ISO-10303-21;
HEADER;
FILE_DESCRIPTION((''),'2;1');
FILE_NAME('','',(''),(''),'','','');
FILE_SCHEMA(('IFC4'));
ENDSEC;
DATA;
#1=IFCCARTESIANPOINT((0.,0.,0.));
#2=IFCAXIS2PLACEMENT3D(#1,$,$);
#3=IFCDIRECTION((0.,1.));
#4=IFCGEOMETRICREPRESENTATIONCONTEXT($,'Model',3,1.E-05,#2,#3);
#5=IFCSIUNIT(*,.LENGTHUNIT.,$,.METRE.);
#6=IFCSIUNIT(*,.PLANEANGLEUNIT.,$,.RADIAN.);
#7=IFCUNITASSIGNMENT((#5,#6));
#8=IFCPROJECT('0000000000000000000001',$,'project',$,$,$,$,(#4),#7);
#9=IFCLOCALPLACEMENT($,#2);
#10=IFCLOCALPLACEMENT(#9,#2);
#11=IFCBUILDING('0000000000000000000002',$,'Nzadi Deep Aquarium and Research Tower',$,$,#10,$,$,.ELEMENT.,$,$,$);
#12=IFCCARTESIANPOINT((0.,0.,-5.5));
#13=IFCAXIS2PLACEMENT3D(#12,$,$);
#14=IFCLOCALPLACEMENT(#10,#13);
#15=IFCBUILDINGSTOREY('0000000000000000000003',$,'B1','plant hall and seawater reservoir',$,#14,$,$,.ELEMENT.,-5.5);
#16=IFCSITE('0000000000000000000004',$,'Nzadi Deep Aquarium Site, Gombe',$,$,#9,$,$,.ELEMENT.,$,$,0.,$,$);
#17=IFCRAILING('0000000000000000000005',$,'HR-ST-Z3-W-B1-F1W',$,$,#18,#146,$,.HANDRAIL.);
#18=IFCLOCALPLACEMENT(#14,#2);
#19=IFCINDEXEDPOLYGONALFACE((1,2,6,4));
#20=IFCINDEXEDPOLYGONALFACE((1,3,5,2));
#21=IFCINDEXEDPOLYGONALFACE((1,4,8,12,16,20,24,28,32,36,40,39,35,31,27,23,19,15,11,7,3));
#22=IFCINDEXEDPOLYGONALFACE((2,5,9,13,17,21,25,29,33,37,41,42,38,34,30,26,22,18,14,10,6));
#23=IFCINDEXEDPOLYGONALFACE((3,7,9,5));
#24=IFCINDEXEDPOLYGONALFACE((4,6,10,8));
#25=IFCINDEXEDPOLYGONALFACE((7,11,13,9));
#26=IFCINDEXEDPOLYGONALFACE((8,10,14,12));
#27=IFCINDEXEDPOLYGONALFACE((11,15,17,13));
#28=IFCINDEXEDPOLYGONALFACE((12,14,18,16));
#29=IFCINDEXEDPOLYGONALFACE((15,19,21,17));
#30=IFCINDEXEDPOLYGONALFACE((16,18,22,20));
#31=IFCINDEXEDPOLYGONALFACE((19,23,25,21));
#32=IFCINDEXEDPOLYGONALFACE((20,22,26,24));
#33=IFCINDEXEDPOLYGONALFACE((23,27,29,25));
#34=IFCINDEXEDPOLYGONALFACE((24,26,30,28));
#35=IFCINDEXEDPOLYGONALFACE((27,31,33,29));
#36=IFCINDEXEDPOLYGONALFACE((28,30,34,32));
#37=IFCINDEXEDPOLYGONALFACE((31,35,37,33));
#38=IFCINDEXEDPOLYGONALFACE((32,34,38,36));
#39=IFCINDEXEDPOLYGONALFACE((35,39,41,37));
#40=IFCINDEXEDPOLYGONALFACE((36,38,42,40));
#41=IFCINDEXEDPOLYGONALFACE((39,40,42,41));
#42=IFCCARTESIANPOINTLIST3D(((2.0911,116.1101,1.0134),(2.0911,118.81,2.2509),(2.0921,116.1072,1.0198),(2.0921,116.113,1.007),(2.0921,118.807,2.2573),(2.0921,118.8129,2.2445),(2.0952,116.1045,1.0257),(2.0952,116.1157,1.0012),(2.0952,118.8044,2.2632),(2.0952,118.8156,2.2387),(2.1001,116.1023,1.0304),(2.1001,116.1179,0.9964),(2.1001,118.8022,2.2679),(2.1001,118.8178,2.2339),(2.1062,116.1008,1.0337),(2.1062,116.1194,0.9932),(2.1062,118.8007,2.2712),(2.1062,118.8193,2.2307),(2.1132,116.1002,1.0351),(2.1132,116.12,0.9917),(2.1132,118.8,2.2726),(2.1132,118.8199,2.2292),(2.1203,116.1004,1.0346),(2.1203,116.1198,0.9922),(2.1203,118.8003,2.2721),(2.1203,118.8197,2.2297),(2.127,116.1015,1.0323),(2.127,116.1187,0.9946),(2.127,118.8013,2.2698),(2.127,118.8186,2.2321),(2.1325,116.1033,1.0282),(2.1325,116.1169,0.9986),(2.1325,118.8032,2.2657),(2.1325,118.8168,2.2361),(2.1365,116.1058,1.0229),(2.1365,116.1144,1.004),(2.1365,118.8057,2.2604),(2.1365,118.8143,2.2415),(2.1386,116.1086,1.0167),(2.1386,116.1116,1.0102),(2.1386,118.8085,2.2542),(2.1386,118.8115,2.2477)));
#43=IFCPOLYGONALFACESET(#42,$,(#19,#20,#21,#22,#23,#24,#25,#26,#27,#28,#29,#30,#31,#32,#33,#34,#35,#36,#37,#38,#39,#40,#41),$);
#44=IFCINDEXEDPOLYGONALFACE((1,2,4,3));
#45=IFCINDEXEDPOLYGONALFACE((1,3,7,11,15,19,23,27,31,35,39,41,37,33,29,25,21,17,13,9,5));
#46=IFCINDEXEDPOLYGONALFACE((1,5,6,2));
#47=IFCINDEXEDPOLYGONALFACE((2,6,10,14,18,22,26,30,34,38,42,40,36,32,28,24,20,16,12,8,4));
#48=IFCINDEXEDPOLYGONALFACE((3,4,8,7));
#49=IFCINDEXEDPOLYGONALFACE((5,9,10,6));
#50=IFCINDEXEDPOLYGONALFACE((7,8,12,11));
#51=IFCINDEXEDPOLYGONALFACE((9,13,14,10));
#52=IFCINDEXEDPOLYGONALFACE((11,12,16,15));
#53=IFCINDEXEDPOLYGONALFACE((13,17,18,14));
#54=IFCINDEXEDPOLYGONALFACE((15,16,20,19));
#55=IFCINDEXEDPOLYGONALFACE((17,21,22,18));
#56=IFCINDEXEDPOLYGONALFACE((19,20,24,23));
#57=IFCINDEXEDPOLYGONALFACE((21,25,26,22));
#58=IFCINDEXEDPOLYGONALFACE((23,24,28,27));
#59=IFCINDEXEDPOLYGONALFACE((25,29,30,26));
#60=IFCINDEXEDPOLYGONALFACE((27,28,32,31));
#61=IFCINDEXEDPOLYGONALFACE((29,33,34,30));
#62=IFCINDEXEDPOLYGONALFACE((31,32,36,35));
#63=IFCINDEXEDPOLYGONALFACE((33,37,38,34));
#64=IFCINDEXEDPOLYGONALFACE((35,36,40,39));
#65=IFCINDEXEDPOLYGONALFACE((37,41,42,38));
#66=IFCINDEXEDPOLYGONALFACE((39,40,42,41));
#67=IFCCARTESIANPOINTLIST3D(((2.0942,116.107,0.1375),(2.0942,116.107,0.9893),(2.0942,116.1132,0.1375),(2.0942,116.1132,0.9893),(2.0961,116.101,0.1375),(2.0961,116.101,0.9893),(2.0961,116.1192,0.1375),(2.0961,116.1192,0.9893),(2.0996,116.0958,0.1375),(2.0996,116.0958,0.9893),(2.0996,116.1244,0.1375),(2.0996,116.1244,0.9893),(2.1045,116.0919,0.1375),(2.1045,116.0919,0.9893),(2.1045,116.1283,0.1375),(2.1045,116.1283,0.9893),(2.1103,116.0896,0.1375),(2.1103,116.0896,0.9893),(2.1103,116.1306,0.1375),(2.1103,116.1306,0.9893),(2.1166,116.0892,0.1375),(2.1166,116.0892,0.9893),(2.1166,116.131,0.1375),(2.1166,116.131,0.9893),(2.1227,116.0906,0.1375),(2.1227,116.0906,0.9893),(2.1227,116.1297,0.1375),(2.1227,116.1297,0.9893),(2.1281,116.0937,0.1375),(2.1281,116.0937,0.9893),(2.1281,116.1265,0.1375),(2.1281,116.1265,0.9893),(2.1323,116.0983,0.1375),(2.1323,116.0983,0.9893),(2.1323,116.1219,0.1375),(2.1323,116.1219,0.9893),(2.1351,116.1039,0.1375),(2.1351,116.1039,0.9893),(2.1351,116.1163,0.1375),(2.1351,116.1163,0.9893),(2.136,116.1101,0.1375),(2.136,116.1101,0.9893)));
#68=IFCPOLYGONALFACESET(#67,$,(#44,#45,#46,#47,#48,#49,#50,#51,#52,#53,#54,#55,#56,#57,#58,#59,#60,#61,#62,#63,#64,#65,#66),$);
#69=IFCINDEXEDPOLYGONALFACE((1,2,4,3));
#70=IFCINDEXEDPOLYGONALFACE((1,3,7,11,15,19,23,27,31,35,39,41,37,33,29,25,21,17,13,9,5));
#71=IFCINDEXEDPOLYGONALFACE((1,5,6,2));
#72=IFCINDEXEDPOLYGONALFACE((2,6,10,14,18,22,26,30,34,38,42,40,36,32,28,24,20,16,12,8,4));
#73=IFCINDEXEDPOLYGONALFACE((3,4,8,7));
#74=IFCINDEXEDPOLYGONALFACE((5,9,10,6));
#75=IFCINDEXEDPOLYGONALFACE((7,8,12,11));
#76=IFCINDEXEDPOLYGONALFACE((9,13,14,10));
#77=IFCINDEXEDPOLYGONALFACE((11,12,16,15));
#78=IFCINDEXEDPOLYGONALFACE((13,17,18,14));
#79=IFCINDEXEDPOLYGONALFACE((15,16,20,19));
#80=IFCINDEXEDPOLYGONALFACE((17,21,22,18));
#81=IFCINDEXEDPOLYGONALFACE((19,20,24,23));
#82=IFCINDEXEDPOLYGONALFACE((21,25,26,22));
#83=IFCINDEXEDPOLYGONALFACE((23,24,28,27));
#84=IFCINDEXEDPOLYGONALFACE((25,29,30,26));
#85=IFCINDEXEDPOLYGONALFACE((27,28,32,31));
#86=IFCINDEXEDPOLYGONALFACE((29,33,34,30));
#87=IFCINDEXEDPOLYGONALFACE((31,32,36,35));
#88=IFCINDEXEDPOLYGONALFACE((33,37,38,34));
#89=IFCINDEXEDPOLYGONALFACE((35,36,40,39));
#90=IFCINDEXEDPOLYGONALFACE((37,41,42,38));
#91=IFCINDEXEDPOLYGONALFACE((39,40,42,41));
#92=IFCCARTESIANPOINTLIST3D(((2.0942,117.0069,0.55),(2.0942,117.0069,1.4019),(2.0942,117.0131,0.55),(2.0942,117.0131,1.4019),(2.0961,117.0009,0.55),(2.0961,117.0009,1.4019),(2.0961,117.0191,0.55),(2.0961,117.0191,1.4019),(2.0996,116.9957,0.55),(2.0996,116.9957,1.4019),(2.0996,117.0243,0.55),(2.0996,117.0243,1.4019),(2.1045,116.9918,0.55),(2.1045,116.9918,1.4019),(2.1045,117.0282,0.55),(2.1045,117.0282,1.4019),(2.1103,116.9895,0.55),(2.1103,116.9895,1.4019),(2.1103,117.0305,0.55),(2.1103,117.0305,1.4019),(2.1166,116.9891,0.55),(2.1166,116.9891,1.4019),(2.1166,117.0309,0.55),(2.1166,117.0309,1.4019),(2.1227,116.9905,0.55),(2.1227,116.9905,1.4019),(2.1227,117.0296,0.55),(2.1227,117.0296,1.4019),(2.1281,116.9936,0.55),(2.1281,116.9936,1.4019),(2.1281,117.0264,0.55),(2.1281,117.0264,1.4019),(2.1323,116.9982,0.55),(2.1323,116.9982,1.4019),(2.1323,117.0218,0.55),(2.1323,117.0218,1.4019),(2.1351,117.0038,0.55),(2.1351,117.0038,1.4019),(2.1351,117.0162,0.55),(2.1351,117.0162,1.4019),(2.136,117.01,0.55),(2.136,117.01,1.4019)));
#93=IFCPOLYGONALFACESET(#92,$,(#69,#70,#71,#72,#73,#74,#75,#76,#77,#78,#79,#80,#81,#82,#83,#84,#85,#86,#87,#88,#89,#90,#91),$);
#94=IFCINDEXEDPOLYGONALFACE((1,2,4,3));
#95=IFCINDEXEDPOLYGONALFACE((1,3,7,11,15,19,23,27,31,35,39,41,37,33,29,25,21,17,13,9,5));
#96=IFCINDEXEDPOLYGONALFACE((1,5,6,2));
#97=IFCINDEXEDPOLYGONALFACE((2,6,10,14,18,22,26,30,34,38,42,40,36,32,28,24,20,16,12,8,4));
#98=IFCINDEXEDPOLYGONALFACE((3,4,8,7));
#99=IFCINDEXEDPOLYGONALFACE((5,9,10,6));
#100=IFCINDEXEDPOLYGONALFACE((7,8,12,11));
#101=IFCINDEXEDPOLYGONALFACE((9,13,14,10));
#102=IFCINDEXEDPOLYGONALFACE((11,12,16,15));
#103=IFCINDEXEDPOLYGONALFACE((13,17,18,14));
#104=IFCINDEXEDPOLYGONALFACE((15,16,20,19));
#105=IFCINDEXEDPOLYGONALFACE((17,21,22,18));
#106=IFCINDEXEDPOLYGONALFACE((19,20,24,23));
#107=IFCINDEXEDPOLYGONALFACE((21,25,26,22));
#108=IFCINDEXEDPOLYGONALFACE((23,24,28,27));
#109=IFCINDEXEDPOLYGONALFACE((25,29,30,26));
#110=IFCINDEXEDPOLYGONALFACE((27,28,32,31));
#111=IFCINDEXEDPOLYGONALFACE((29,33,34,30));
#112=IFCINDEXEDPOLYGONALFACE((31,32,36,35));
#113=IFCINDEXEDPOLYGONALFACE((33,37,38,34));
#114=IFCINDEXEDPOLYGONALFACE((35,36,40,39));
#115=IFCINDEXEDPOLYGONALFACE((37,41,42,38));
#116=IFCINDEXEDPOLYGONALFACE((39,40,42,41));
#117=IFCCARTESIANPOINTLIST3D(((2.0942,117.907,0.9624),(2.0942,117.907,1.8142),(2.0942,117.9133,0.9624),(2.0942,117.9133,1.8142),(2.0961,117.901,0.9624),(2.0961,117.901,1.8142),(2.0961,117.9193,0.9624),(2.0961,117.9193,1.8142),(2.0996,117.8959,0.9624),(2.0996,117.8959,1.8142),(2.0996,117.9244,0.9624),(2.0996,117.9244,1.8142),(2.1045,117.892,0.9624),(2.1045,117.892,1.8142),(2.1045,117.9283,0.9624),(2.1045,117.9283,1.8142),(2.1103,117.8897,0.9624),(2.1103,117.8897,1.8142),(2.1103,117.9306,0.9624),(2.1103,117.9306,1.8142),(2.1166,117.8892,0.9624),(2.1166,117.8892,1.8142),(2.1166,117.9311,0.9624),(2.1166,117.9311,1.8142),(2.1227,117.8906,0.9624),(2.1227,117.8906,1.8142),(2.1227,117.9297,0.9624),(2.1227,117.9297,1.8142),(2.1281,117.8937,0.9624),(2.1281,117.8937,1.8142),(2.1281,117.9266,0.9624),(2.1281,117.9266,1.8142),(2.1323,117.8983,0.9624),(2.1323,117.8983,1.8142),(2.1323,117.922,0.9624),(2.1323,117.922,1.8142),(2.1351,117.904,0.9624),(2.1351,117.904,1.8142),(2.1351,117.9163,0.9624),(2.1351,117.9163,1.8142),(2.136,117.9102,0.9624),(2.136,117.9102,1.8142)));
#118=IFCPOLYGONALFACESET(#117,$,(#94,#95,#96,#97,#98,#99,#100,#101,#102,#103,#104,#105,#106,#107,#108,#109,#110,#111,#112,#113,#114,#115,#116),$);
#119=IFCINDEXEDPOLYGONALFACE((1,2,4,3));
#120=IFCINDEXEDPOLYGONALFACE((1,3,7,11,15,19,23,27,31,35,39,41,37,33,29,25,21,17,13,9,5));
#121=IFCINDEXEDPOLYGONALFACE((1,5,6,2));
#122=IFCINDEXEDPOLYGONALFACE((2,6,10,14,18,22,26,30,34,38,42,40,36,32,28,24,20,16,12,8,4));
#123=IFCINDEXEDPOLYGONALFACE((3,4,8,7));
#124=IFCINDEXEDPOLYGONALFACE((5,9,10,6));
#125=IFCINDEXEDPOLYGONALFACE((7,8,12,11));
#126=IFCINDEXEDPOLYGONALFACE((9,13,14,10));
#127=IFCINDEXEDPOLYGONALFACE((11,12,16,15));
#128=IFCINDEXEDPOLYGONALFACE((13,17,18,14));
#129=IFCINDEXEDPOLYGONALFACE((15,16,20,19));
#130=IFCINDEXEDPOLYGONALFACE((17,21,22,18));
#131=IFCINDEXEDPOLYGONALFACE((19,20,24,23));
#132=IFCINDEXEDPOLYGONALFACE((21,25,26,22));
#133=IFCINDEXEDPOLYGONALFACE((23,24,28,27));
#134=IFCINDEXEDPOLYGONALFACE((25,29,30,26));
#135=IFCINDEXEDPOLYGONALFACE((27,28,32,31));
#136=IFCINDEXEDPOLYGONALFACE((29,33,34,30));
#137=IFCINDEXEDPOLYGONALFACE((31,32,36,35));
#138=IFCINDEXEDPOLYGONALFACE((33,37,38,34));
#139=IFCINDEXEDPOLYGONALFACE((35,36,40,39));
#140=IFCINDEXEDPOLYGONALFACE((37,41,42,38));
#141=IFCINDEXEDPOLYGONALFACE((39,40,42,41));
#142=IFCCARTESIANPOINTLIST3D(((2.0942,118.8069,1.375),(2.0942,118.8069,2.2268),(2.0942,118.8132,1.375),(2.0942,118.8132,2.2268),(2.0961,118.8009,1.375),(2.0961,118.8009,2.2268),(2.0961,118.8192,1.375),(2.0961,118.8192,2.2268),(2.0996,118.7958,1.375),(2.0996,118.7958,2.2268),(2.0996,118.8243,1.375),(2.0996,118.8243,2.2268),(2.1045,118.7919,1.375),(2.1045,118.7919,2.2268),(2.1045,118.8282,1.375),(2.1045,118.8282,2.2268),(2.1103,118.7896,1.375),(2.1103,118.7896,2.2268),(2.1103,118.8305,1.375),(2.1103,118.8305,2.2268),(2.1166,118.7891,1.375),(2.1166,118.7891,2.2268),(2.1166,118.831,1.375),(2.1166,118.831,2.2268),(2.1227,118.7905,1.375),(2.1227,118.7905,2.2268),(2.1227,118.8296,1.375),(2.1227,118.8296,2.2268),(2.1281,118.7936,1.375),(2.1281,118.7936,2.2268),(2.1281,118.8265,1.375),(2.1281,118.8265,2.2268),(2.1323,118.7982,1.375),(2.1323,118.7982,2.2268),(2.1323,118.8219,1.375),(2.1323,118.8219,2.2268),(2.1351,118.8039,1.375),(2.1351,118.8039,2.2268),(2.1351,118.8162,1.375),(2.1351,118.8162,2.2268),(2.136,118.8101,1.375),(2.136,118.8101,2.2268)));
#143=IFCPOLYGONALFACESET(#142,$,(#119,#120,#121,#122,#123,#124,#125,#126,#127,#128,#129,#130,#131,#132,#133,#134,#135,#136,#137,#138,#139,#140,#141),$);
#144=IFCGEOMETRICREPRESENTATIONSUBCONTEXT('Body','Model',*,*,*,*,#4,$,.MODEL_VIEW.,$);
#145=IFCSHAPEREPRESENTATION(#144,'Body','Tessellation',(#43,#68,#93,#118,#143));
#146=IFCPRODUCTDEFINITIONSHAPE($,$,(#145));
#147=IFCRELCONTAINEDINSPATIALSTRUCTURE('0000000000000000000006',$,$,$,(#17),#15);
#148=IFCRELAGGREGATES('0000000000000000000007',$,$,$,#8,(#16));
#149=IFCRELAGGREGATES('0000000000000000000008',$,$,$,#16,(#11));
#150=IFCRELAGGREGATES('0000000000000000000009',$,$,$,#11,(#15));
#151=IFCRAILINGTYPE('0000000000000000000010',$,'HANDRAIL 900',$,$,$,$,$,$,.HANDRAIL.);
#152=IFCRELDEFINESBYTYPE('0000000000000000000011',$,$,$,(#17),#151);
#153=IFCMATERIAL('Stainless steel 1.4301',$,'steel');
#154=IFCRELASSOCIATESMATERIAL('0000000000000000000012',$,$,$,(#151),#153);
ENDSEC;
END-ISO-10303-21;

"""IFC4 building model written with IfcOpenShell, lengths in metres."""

from ifc_helpers import new_model, si_unit, direction, frame, origin, origin_2d, place, context, subcontext, project, spatial, circle, extrude, material, type_object, element, save


model = new_model("IFC4")

# Units and contexts
model_context = context("Model", 3, precision=1e-05, world=origin(), true_north=direction((0.0, 1.0)))
body_context = subcontext(model_context, "Body", "Model", "MODEL_VIEW")
ifc_project = project(units=[si_unit("LENGTHUNIT", "METRE"), si_unit("PLANEANGLEUNIT", "RADIAN")], contexts=[model_context])

# Site, building, storey
site_placement = place(None, origin())
site = spatial("IfcSite", under=ifc_project, at=site_placement, Name="Nzadi Deep Aquarium Site, Gombe", CompositionType="ELEMENT", RefElevation=0.0)
building_placement = place(site_placement, origin())
building = spatial("IfcBuilding", under=site, at=building_placement, Name="Nzadi Deep Aquarium and Research Tower", CompositionType="ELEMENT")
storey_placement = place(building_placement, frame((0.0, 0.0, -5.5)))
storey = spatial("IfcBuildingStorey", under=building, at=storey_placement, Name="B1", Description="plant hall and seawater reservoir", CompositionType="ELEMENT", Elevation=-5.5)

# Railing
ifc_material_1 = material(Name="Stainless steel 1.4301", Category="steel")
railing_type = type_object("IfcRailingType", Name="HANDRAIL 900", PredefinedType="HANDRAIL", material=ifc_material_1)
for number, where, name in (
    (1, (2.115, 116.1101, 0.1375), "HR-ST-Z3-W-B1-F1W"),
):
    element("IfcRailing", number, at=place(storey_placement, frame(where)), inside=storey, type_object=railing_type, Name=name, PredefinedType="HANDRAIL", context=body_context, shape_type="SweptSolid", body=[
        extrude(circle(Radius=0.0239, at=origin_2d()), frame((0.0, 0.0, 0.876), z_axis=(0.0, 0.909056, 0.416675), x_axis=(-1.0, 0.0, 0.0)), (0.0, 0.0, 1.0), 2.97),
        extrude(circle(Radius=0.021, at=origin_2d()), origin(), (0.0, 0.0, 1.0), 0.8518),
        extrude(circle(Radius=0.021, at=origin_2d()), frame((0.0, 0.8999, 0.4126)), (0.0, 0.0, 1.0), 0.8518),
        extrude(circle(Radius=0.021, at=origin_2d()), frame((0.0, 1.8, 0.825)), (0.0, 0.0, 1.0), 0.8518),
        extrude(circle(Radius=0.021, at=origin_2d()), frame((0.0, 2.7, 1.2375)), (0.0, 0.0, 1.0), 0.8518),
    ])

save(model, "model.ifc")
